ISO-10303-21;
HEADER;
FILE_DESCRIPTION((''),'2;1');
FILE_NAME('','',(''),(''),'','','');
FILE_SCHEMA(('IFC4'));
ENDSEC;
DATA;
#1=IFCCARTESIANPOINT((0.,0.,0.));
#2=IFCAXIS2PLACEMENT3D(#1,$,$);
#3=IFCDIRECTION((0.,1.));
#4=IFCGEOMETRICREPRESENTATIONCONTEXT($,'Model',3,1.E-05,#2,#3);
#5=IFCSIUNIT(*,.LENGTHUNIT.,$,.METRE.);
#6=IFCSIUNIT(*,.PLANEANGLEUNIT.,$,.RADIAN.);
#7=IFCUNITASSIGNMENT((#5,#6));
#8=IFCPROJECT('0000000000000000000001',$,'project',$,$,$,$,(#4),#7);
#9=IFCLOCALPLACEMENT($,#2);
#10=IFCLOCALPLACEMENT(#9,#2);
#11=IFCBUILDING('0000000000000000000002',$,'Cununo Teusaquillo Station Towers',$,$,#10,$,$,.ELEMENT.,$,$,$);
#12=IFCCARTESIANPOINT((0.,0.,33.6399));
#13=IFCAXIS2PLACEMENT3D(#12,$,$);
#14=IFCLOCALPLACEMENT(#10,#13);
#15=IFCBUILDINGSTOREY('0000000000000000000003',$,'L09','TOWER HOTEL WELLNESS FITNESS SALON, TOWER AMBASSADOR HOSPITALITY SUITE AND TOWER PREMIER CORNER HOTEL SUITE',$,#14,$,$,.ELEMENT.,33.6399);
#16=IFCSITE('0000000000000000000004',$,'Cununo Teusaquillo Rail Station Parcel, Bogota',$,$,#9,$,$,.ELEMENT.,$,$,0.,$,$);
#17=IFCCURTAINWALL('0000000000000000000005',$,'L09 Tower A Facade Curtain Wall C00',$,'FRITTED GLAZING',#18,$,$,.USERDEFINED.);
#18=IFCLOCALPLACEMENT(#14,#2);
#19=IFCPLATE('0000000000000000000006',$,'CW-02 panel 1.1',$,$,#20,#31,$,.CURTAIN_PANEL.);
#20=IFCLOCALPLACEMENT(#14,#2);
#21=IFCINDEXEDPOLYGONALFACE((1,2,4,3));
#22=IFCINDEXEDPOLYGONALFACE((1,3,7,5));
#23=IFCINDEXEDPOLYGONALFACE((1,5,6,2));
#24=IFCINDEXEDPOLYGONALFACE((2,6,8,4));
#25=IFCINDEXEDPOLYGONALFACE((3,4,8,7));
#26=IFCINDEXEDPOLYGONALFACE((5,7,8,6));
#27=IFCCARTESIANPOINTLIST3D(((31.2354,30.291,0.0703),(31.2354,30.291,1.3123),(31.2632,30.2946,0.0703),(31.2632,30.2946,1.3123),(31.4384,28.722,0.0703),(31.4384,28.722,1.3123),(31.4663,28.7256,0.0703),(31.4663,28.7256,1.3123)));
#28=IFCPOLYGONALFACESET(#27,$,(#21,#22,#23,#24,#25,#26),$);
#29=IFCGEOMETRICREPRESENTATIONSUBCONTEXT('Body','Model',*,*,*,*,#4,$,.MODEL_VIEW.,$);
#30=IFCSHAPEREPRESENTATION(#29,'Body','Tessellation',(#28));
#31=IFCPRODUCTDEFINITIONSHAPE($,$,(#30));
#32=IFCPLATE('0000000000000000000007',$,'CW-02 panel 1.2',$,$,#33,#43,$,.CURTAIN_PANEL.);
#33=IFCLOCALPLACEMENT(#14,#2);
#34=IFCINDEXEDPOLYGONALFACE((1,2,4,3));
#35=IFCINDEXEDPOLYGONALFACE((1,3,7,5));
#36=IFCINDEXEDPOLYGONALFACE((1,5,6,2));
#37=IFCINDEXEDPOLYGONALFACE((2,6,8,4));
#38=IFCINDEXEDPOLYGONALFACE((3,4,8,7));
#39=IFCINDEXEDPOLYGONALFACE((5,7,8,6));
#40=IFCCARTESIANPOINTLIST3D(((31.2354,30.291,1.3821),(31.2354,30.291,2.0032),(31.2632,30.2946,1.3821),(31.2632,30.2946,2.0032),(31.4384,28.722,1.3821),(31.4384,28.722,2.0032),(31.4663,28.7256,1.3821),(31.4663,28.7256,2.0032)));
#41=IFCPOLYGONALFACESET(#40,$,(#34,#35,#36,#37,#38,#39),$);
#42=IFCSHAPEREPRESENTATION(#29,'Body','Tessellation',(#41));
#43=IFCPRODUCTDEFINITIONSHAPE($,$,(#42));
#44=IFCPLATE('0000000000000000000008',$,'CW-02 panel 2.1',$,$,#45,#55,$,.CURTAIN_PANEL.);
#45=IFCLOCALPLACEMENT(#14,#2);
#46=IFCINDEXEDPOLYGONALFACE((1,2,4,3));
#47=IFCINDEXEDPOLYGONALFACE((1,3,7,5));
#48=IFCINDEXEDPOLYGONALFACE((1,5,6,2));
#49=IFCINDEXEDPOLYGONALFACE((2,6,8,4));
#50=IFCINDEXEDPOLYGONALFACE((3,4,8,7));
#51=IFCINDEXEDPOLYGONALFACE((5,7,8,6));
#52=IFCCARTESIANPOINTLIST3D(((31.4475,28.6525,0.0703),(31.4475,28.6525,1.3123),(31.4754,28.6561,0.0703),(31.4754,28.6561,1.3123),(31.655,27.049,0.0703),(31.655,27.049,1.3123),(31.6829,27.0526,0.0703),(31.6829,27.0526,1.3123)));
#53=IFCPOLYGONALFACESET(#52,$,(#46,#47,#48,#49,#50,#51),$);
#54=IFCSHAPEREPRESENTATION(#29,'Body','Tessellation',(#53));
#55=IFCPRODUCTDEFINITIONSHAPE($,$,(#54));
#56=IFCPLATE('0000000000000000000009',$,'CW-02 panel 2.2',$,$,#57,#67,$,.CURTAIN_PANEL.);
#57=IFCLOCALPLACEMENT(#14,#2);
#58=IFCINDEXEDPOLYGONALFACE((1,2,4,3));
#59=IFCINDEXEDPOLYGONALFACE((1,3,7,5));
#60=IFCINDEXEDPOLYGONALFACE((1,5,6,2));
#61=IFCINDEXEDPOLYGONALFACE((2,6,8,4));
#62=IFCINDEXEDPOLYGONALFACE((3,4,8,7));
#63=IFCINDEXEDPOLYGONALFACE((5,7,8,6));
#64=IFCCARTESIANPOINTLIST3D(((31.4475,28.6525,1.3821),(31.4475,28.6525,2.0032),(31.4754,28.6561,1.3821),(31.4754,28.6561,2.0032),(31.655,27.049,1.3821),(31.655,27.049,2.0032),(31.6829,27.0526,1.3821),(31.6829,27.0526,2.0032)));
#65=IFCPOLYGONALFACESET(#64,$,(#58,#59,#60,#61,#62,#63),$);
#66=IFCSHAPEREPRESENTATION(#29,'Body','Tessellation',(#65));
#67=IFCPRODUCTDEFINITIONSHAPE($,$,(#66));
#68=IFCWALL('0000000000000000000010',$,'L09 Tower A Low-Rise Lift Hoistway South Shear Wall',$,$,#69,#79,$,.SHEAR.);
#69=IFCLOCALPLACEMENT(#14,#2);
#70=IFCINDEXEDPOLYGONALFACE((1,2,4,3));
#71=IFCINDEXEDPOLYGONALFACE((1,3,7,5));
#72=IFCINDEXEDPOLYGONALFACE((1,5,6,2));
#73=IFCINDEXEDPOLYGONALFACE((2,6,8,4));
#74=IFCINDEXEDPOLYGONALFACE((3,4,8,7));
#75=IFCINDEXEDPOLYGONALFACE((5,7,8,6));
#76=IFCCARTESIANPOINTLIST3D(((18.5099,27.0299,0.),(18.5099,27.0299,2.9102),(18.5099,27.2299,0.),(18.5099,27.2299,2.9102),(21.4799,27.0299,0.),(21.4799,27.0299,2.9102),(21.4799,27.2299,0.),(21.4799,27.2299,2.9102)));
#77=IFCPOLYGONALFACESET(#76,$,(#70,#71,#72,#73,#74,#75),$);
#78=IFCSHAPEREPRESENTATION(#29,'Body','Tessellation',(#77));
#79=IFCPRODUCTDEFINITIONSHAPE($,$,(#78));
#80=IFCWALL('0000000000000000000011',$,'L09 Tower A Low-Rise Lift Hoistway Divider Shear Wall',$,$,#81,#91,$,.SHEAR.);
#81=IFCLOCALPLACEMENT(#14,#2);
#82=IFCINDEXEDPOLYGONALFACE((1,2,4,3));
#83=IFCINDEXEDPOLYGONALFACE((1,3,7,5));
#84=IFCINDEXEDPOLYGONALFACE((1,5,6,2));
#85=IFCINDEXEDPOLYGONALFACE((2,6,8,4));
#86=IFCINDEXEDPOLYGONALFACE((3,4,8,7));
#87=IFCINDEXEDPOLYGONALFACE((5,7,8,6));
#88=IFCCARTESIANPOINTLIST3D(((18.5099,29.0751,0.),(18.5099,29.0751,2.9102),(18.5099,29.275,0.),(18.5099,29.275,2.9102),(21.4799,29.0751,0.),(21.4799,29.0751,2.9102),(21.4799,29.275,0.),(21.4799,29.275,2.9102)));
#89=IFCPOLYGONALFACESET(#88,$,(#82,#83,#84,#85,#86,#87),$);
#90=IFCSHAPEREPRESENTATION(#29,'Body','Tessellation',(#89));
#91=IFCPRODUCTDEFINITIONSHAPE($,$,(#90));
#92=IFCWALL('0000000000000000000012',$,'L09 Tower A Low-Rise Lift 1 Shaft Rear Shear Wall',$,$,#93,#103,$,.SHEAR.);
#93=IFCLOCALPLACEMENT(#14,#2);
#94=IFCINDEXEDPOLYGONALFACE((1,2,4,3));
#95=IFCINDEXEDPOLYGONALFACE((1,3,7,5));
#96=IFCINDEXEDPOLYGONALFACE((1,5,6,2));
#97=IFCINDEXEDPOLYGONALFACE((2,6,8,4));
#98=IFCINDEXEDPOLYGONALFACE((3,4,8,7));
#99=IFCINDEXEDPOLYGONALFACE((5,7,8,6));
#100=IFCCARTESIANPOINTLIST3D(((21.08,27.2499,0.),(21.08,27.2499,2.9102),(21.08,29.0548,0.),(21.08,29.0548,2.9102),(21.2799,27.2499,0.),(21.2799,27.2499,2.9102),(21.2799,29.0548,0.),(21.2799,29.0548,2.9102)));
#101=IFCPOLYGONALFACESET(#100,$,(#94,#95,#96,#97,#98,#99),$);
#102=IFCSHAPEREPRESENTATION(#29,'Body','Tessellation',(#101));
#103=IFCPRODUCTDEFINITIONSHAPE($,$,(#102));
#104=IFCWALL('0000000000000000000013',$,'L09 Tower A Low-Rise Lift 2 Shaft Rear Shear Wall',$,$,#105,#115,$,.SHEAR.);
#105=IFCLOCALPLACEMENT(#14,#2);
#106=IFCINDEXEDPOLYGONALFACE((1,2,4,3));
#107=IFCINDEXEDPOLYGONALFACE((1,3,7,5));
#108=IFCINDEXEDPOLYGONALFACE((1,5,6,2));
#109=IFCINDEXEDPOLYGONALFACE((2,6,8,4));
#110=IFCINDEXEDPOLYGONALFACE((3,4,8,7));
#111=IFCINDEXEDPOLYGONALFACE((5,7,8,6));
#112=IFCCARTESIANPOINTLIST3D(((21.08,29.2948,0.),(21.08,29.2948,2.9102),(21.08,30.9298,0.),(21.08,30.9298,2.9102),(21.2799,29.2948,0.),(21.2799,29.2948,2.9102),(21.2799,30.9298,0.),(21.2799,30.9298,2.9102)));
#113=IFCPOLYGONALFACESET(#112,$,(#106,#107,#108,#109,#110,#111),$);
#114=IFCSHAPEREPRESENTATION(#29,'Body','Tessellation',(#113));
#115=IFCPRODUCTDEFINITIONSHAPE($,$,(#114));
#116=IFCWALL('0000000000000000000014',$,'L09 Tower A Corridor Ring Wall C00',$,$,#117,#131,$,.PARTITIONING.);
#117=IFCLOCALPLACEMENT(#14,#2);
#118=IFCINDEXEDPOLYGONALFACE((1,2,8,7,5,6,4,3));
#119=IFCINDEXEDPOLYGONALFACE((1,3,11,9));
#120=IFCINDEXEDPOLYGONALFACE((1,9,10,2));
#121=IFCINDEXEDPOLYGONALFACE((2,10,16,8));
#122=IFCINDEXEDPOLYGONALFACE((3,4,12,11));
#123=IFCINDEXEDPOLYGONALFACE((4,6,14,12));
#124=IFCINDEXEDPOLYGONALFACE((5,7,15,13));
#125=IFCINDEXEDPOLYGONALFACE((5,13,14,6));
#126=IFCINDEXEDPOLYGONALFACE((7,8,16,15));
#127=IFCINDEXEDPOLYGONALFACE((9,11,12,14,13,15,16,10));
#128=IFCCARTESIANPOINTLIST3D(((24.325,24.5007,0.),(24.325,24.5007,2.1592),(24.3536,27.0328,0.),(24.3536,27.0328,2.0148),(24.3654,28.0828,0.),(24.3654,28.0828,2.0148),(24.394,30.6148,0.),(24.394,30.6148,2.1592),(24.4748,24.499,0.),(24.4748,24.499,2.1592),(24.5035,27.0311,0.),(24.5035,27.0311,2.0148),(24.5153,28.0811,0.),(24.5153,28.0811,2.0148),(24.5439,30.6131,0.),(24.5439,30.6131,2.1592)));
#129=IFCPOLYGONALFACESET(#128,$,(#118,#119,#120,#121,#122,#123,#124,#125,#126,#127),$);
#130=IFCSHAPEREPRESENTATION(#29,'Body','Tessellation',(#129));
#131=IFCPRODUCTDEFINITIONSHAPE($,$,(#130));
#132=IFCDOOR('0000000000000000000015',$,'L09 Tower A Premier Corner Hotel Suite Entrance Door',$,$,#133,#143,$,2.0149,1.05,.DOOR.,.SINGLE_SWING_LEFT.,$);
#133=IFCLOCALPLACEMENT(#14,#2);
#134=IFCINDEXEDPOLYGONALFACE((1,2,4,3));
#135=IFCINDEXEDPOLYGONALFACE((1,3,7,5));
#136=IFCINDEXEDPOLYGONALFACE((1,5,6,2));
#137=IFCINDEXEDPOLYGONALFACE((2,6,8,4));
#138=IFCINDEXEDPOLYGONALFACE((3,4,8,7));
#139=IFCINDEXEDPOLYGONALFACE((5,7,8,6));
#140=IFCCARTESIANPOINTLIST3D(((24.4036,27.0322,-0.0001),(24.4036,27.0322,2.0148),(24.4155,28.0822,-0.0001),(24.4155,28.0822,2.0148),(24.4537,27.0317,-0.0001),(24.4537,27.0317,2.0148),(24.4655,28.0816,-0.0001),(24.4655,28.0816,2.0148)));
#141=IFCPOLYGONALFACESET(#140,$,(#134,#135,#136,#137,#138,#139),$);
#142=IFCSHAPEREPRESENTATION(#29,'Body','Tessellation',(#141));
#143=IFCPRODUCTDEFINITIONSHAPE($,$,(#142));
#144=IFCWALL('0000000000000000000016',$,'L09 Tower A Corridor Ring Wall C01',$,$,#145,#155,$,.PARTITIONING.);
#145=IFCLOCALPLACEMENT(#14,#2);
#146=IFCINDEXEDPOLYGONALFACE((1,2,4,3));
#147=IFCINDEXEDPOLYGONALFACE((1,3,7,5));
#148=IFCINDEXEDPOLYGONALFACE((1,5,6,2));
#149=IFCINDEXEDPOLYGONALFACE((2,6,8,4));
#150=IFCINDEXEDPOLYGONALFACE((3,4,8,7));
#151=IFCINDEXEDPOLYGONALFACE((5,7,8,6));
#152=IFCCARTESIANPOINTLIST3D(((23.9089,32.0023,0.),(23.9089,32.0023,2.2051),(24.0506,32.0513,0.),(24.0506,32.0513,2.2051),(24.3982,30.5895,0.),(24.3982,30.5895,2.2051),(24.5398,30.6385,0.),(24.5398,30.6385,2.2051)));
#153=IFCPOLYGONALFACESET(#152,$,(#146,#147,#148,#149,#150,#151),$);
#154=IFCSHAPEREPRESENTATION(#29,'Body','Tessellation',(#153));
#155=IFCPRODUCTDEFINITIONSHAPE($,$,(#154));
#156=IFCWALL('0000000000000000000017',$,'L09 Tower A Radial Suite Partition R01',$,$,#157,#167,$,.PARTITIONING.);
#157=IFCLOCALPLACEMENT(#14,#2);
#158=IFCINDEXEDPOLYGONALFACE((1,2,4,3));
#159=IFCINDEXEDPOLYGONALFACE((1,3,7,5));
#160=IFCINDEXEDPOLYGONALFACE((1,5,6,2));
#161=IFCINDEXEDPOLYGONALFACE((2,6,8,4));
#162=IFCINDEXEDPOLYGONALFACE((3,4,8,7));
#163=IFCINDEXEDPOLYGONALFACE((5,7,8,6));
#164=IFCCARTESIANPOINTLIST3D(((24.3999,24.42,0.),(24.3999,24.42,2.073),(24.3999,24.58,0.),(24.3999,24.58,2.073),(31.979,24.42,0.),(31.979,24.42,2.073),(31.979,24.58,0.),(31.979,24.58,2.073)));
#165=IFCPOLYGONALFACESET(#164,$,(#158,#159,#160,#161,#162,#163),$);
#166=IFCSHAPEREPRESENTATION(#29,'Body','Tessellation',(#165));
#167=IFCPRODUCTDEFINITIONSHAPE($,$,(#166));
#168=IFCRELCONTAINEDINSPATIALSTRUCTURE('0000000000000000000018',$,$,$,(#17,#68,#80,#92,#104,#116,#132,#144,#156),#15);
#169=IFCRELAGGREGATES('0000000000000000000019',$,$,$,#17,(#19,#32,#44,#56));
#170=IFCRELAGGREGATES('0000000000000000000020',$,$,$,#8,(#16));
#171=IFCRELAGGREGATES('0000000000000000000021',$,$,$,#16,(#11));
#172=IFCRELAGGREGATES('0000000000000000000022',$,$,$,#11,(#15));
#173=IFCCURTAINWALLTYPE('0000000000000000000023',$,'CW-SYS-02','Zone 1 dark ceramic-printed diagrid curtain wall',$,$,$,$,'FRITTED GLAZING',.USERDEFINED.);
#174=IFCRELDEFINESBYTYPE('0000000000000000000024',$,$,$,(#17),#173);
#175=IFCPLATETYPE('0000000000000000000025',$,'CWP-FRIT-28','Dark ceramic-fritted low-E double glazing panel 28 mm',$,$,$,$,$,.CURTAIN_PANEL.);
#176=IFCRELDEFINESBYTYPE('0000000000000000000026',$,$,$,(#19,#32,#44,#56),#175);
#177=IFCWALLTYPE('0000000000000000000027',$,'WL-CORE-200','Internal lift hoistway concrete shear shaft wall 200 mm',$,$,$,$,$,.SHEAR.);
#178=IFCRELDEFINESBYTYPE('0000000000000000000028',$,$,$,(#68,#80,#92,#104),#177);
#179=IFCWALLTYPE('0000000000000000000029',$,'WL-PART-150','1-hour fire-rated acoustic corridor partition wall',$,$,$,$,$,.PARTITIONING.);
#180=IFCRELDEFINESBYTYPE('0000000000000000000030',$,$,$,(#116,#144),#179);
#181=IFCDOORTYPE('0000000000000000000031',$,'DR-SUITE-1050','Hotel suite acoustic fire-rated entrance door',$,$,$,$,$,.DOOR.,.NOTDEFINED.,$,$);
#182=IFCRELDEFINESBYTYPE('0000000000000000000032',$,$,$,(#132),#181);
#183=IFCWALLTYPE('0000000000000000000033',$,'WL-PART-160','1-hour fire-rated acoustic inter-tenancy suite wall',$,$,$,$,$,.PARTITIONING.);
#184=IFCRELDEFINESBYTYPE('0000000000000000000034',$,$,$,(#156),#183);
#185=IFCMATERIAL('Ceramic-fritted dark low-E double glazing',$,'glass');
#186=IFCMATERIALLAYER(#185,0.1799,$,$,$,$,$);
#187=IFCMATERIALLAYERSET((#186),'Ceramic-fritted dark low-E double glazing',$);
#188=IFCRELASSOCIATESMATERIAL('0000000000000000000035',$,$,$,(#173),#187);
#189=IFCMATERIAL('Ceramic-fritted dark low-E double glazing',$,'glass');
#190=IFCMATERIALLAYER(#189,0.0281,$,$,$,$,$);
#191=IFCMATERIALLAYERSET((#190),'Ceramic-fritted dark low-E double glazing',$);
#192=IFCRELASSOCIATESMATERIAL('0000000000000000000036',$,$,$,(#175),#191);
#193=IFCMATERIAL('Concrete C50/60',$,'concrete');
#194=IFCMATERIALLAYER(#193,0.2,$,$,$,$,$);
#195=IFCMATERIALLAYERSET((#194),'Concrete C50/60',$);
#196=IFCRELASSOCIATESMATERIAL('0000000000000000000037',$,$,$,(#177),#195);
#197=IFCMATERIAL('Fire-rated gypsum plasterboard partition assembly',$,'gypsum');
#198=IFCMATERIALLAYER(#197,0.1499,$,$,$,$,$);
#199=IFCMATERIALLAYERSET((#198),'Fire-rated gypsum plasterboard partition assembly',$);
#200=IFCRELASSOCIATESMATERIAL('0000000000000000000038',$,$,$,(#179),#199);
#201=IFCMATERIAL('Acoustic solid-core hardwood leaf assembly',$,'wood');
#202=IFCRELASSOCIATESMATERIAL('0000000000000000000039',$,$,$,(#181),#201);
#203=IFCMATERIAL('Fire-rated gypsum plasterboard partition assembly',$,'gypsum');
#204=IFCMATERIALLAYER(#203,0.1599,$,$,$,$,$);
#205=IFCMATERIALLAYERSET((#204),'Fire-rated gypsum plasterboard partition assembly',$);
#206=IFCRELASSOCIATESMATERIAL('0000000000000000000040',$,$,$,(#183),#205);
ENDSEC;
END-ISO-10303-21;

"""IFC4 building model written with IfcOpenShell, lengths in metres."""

from ifc_helpers import new_model, si_unit, direction, frame, frame_2d, origin, origin_2d, place, context, subcontext, project, spatial, rectangle, extrude, source, transform, mapped, material, layer, layer_set, type_object, element, fill, aggregate, save


model = new_model("IFC4")

# Units and contexts
model_context = context("Model", 3, precision=1e-05, world=origin(), true_north=direction((0.0, 1.0)))
body_context = subcontext(model_context, "Body", "Model", "MODEL_VIEW")
ifc_project = project(units=[si_unit("LENGTHUNIT", "METRE"), si_unit("PLANEANGLEUNIT", "RADIAN")], contexts=[model_context])

# Site, building, storey
site_placement = place(None, origin())
site = spatial("IfcSite", under=ifc_project, at=site_placement, Name="Cununo Teusaquillo Rail Station Parcel, Bogota", CompositionType="ELEMENT", RefElevation=0.0)
building_placement = place(site_placement, origin())
building = spatial("IfcBuilding", under=site, at=building_placement, Name="Cununo Teusaquillo Station Towers", CompositionType="ELEMENT")
storey_placement = place(building_placement, frame((0.0, 0.0, 33.6399)))
storey = spatial("IfcBuildingStorey", under=building, at=storey_placement, Name="L09", Description="TOWER HOTEL WELLNESS FITNESS SALON, TOWER AMBASSADOR HOSPITALITY SUITE AND TOWER PREMIER CORNER HOTEL SUITE", CompositionType="ELEMENT", Elevation=33.6399)

# Curtain wall, plates
ifc_material_1 = material(Name="Ceramic-fritted dark low-E double glazing", Category="glass")
ifc_layer_1 = layer(ifc_material_1, 0.1799)
ifc_layer_set_1 = layer_set([ifc_layer_1], Name="Ceramic-fritted dark low-E double glazing")
curtain_wall_type = type_object("IfcCurtainWallType", Name="CW-SYS-02", Description="Zone 1 dark ceramic-printed diagrid curtain wall", ElementType="FRITTED GLAZING", PredefinedType="USERDEFINED", material=ifc_layer_set_1)
curtain_wall_placement = place(storey_placement, origin())
curtain_wall = element("IfcCurtainWall", 1, at=curtain_wall_placement, inside=storey, type_object=curtain_wall_type, Name="L09 Tower A Facade Curtain Wall C00", ObjectType="FRITTED GLAZING", PredefinedType="USERDEFINED")
ifc_material_2 = material(Name="Ceramic-fritted dark low-E double glazing", Category="glass")
ifc_layer_2 = layer(ifc_material_2, 0.0281)
ifc_layer_set_2 = layer_set([ifc_layer_2], Name="Ceramic-fritted dark low-E double glazing")
plate_type = type_object("IfcPlateType", Name="CWP-FRIT-28", Description="Dark ceramic-fritted low-E double glazing panel 28 mm", PredefinedType="CURTAIN_PANEL", material=ifc_layer_set_2)
shared_shape_1 = source(origin(), body_context, "Body", "SweptSolid", [
    extrude(rectangle(XDim=1.582, YDim=0.0281, at=origin_2d()), origin(), (0.0, 0.0, 1.0), 1.2419),
])
plate_1_placement = place(storey_placement, frame((31.3508, 29.5083, 0.0703), z_axis=(0.0, 0.0, 1.0), x_axis=(0.128336, -0.991731, 0.0)))
plate_1 = element("IfcPlate", 2, at=plate_1_placement, type_object=plate_type, Name="CW-02 panel 1.1", PredefinedType="CURTAIN_PANEL", context=body_context, shape_type="MappedRepresentation", body=[
    mapped(shared_shape_1, transform((0.0, 0.0, 0.0), x_axis=(1.0, 0.0, 0.0), y_axis=(0.0, 1.0, 0.0), z_axis=(0.0, 0.0, 1.0), scale=1.0)),
])
shared_shape_2 = source(origin(), body_context, "Body", "SweptSolid", [
    extrude(rectangle(XDim=1.582, YDim=0.0281, at=origin_2d()), origin(), (0.0, 0.0, 1.0), 0.6211),
])
plate_2_placement = place(storey_placement, frame((31.3508, 29.5083, 1.3821), z_axis=(0.0, 0.0, 1.0), x_axis=(0.128336, -0.991731, 0.0)))
plate_2 = element("IfcPlate", 3, at=plate_2_placement, type_object=plate_type, Name="CW-02 panel 1.2", PredefinedType="CURTAIN_PANEL", context=body_context, shape_type="MappedRepresentation", body=[
    mapped(shared_shape_2, transform((0.0, 0.0, 0.0), x_axis=(1.0, 0.0, 0.0), y_axis=(0.0, 1.0, 0.0), z_axis=(0.0, 0.0, 1.0), scale=1.0)),
])
shared_shape_3 = source(origin(), body_context, "Body", "SweptSolid", [
    extrude(rectangle(XDim=1.6169, YDim=0.0281, at=origin_2d()), origin(), (0.0, 0.0, 1.0), 1.2419),
])
plate_3_placement = place(storey_placement, frame((31.5652, 27.8525, 0.0703), z_axis=(0.0, 0.0, 1.0), x_axis=(0.128336, -0.991731, 0.0)))
plate_3 = element("IfcPlate", 4, at=plate_3_placement, type_object=plate_type, Name="CW-02 panel 2.1", PredefinedType="CURTAIN_PANEL", context=body_context, shape_type="MappedRepresentation", body=[
    mapped(shared_shape_3, transform((0.0, 0.0, 0.0), x_axis=(1.0, 0.0, 0.0), y_axis=(0.0, 1.0, 0.0), z_axis=(0.0, 0.0, 1.0), scale=1.0)),
])
shared_shape_4 = source(origin(), body_context, "Body", "SweptSolid", [
    extrude(rectangle(XDim=1.6169, YDim=0.0281, at=origin_2d()), origin(), (0.0, 0.0, 1.0), 0.6211),
])
plate_4_placement = place(storey_placement, frame((31.5652, 27.8525, 1.3821), z_axis=(0.0, 0.0, 1.0), x_axis=(0.128336, -0.991731, 0.0)))
plate_4 = element("IfcPlate", 5, at=plate_4_placement, type_object=plate_type, Name="CW-02 panel 2.2", PredefinedType="CURTAIN_PANEL", context=body_context, shape_type="MappedRepresentation", body=[
    mapped(shared_shape_4, transform((0.0, 0.0, 0.0), x_axis=(1.0, 0.0, 0.0), y_axis=(0.0, 1.0, 0.0), z_axis=(0.0, 0.0, 1.0), scale=1.0)),
])
aggregate(curtain_wall, [plate_1, plate_2, plate_3, plate_4])

# Walls
ifc_material_3 = material(Name="Concrete C50/60", Category="concrete")
ifc_layer_3 = layer(ifc_material_3, 0.2)
ifc_layer_set_3 = layer_set([ifc_layer_3], Name="Concrete C50/60")
wall_type_1 = type_object("IfcWallType", Name="WL-CORE-200", Description="Internal lift hoistway concrete shear shaft wall 200 mm", PredefinedType="SHEAR", material=ifc_layer_set_3)
for number, where, z_axis, x_axis, name in (
    (6, (18.51, 27.1299, 0.0), (0.0, 0.0, 1.0), (1.0, 0.0, 0.0), "L09 Tower A Low-Rise Lift Hoistway South Shear Wall"),
    (7, (18.51, 29.175, 0.0), (0.0, 0.0, 1.0), (1.0, 0.0, 0.0), "L09 Tower A Low-Rise Lift Hoistway Divider Shear Wall"),
):
    element("IfcWall", number, at=place(storey_placement, frame(where, z_axis=z_axis, x_axis=x_axis)), inside=storey, type_object=wall_type_1, Name=name, PredefinedType="SHEAR", context=body_context, shape_type="SweptSolid", body=[
        extrude(rectangle(XDim=2.97, YDim=0.2, at=frame_2d((1.4849, 0.0))), origin(), (0.0, 0.0, 1.0), 2.9102),
    ])
wall_1_placement = place(storey_placement, frame((21.1799, 27.25, 0.0), z_axis=(0.0, 0.0, 1.0), x_axis=(0.0, 1.0, 0.0)))
element("IfcWall", 8, at=wall_1_placement, inside=storey, type_object=wall_type_1, Name="L09 Tower A Low-Rise Lift 1 Shaft Rear Shear Wall", PredefinedType="SHEAR", context=body_context, shape_type="SweptSolid", body=[
    extrude(rectangle(XDim=1.8049, YDim=0.2, at=frame_2d((0.9023, 0.0))), origin(), (0.0, 0.0, 1.0), 2.9102),
])
wall_2_placement = place(storey_placement, frame((21.1799, 29.2949, 0.0), z_axis=(0.0, 0.0, 1.0), x_axis=(0.0, 1.0, 0.0)))
element("IfcWall", 9, at=wall_2_placement, inside=storey, type_object=wall_type_1, Name="L09 Tower A Low-Rise Lift 2 Shaft Rear Shear Wall", PredefinedType="SHEAR", context=body_context, shape_type="SweptSolid", body=[
    extrude(rectangle(XDim=1.635, YDim=0.2, at=frame_2d((0.8174, 0.0))), origin(), (0.0, 0.0, 1.0), 2.9102),
])

# Wall, opening, door
ifc_material_4 = material(Name="Fire-rated gypsum plasterboard partition assembly", Category="gypsum")
ifc_layer_4 = layer(ifc_material_4, 0.1499)
ifc_layer_set_4 = layer_set([ifc_layer_4], Name="Fire-rated gypsum plasterboard partition assembly")
wall_type_2 = type_object("IfcWallType", Name="WL-PART-150", Description="1-hour fire-rated acoustic corridor partition wall", PredefinedType="PARTITIONING", material=ifc_layer_set_4)
wall_3_placement = place(storey_placement, frame((24.3999, 24.5, 0.0), z_axis=(0.0, 0.0, 1.0), x_axis=(0.0113, 0.999936, 0.0)))
wall_3 = element("IfcWall", 10, at=wall_3_placement, inside=storey, type_object=wall_type_2, Name="L09 Tower A Corridor Ring Wall C00", PredefinedType="PARTITIONING", context=body_context, shape_type="SweptSolid", body=[
    extrude(rectangle(XDim=6.1145, YDim=0.1499, at=frame_2d((3.0571, 0.0))), origin(), (0.0, 0.0, 1.0), 2.1592),
])
shared_shape_5 = source(origin(), body_context, "Body", "SweptSolid", [
    extrude(rectangle(XDim=1.05, YDim=2.0149, at=frame_2d((0.5249, 1.0073))), frame((0.0, 0.085, 0.0), z_axis=(0.0, -1.0, 0.0), x_axis=(1.0, 0.0, 0.0)), (0.0, 0.0, 1.0), 0.1699),
])
opening_placement = place(wall_3_placement, frame((2.5322, 0.0, 0.0)))
opening = element("IfcOpeningElement", 11, at=opening_placement, cuts=wall_3, PredefinedType="OPENING", context=body_context, shape_type="MappedRepresentation", body=[
    mapped(shared_shape_5, transform((0.0, 0.0, 0.0), x_axis=(1.0, 0.0, 0.0), y_axis=(0.0, 1.0, 0.0), z_axis=(0.0, 0.0, 1.0), scale=1.0)),
])
ifc_material_5 = material(Name="Acoustic solid-core hardwood leaf assembly", Category="wood")
door_type = type_object("IfcDoorType", Name="DR-SUITE-1050", Description="Hotel suite acoustic fire-rated entrance door", OperationType="NOTDEFINED", PredefinedType="DOOR", material=ifc_material_5)
shared_shape_6 = source(origin(), body_context, "Body", "SweptSolid", [
    extrude(rectangle(XDim=1.05, YDim=2.0149, at=frame_2d((0.5249, 1.0073))), frame((0.0, 0.0249, 0.0), z_axis=(0.0, -1.0, 0.0), x_axis=(1.0, 0.0, 0.0)), (0.0, 0.0, 1.0), 0.05),
])
door_placement = place(opening_placement, origin())
door = element("IfcDoor", 12, at=door_placement, inside=storey, type_object=door_type, Name="L09 Tower A Premier Corner Hotel Suite Entrance Door", OperationType="SINGLE_SWING_LEFT", OverallHeight=2.0149, OverallWidth=1.05, PredefinedType="DOOR", context=body_context, shape_type="MappedRepresentation", body=[
    mapped(shared_shape_6, transform((0.0, 0.0, 0.0), x_axis=(1.0, 0.0, 0.0), y_axis=(0.0, 1.0, 0.0), z_axis=(0.0, 0.0, 1.0), scale=1.0)),
])
fill(opening, door)

# Walls
wall_4_placement = place(storey_placement, frame((24.469, 30.614, 0.0), z_axis=(0.0, 0.0, 1.0), x_axis=(-0.327228, 0.944945, 0.0)))
element("IfcWall", 13, at=wall_4_placement, inside=storey, type_object=wall_type_2, Name="L09 Tower A Corridor Ring Wall C01", PredefinedType="PARTITIONING", context=body_context, shape_type="SweptSolid", body=[
    extrude(rectangle(XDim=1.4951, YDim=0.1499, at=frame_2d((0.7476, 0.0))), origin(), (0.0, 0.0, 1.0), 2.2051),
])
ifc_material_6 = material(Name="Fire-rated gypsum plasterboard partition assembly", Category="gypsum")
ifc_layer_5 = layer(ifc_material_6, 0.1599)
ifc_layer_set_5 = layer_set([ifc_layer_5], Name="Fire-rated gypsum plasterboard partition assembly")
wall_type_3 = type_object("IfcWallType", Name="WL-PART-160", Description="1-hour fire-rated acoustic inter-tenancy suite wall", PredefinedType="PARTITIONING", material=ifc_layer_set_5)
wall_5_placement = place(storey_placement, frame((24.3999, 24.5, 0.0), z_axis=(0.0, 0.0, 1.0), x_axis=(1.0, 0.0, 0.0)))
element("IfcWall", 14, at=wall_5_placement, inside=storey, type_object=wall_type_3, Name="L09 Tower A Radial Suite Partition R01", PredefinedType="PARTITIONING", context=body_context, shape_type="SweptSolid", body=[
    extrude(rectangle(XDim=7.5791, YDim=0.1599, at=frame_2d((3.7896, 0.0))), origin(), (0.0, 0.0, 1.0), 2.073),
])

save(model, "model.ifc")
